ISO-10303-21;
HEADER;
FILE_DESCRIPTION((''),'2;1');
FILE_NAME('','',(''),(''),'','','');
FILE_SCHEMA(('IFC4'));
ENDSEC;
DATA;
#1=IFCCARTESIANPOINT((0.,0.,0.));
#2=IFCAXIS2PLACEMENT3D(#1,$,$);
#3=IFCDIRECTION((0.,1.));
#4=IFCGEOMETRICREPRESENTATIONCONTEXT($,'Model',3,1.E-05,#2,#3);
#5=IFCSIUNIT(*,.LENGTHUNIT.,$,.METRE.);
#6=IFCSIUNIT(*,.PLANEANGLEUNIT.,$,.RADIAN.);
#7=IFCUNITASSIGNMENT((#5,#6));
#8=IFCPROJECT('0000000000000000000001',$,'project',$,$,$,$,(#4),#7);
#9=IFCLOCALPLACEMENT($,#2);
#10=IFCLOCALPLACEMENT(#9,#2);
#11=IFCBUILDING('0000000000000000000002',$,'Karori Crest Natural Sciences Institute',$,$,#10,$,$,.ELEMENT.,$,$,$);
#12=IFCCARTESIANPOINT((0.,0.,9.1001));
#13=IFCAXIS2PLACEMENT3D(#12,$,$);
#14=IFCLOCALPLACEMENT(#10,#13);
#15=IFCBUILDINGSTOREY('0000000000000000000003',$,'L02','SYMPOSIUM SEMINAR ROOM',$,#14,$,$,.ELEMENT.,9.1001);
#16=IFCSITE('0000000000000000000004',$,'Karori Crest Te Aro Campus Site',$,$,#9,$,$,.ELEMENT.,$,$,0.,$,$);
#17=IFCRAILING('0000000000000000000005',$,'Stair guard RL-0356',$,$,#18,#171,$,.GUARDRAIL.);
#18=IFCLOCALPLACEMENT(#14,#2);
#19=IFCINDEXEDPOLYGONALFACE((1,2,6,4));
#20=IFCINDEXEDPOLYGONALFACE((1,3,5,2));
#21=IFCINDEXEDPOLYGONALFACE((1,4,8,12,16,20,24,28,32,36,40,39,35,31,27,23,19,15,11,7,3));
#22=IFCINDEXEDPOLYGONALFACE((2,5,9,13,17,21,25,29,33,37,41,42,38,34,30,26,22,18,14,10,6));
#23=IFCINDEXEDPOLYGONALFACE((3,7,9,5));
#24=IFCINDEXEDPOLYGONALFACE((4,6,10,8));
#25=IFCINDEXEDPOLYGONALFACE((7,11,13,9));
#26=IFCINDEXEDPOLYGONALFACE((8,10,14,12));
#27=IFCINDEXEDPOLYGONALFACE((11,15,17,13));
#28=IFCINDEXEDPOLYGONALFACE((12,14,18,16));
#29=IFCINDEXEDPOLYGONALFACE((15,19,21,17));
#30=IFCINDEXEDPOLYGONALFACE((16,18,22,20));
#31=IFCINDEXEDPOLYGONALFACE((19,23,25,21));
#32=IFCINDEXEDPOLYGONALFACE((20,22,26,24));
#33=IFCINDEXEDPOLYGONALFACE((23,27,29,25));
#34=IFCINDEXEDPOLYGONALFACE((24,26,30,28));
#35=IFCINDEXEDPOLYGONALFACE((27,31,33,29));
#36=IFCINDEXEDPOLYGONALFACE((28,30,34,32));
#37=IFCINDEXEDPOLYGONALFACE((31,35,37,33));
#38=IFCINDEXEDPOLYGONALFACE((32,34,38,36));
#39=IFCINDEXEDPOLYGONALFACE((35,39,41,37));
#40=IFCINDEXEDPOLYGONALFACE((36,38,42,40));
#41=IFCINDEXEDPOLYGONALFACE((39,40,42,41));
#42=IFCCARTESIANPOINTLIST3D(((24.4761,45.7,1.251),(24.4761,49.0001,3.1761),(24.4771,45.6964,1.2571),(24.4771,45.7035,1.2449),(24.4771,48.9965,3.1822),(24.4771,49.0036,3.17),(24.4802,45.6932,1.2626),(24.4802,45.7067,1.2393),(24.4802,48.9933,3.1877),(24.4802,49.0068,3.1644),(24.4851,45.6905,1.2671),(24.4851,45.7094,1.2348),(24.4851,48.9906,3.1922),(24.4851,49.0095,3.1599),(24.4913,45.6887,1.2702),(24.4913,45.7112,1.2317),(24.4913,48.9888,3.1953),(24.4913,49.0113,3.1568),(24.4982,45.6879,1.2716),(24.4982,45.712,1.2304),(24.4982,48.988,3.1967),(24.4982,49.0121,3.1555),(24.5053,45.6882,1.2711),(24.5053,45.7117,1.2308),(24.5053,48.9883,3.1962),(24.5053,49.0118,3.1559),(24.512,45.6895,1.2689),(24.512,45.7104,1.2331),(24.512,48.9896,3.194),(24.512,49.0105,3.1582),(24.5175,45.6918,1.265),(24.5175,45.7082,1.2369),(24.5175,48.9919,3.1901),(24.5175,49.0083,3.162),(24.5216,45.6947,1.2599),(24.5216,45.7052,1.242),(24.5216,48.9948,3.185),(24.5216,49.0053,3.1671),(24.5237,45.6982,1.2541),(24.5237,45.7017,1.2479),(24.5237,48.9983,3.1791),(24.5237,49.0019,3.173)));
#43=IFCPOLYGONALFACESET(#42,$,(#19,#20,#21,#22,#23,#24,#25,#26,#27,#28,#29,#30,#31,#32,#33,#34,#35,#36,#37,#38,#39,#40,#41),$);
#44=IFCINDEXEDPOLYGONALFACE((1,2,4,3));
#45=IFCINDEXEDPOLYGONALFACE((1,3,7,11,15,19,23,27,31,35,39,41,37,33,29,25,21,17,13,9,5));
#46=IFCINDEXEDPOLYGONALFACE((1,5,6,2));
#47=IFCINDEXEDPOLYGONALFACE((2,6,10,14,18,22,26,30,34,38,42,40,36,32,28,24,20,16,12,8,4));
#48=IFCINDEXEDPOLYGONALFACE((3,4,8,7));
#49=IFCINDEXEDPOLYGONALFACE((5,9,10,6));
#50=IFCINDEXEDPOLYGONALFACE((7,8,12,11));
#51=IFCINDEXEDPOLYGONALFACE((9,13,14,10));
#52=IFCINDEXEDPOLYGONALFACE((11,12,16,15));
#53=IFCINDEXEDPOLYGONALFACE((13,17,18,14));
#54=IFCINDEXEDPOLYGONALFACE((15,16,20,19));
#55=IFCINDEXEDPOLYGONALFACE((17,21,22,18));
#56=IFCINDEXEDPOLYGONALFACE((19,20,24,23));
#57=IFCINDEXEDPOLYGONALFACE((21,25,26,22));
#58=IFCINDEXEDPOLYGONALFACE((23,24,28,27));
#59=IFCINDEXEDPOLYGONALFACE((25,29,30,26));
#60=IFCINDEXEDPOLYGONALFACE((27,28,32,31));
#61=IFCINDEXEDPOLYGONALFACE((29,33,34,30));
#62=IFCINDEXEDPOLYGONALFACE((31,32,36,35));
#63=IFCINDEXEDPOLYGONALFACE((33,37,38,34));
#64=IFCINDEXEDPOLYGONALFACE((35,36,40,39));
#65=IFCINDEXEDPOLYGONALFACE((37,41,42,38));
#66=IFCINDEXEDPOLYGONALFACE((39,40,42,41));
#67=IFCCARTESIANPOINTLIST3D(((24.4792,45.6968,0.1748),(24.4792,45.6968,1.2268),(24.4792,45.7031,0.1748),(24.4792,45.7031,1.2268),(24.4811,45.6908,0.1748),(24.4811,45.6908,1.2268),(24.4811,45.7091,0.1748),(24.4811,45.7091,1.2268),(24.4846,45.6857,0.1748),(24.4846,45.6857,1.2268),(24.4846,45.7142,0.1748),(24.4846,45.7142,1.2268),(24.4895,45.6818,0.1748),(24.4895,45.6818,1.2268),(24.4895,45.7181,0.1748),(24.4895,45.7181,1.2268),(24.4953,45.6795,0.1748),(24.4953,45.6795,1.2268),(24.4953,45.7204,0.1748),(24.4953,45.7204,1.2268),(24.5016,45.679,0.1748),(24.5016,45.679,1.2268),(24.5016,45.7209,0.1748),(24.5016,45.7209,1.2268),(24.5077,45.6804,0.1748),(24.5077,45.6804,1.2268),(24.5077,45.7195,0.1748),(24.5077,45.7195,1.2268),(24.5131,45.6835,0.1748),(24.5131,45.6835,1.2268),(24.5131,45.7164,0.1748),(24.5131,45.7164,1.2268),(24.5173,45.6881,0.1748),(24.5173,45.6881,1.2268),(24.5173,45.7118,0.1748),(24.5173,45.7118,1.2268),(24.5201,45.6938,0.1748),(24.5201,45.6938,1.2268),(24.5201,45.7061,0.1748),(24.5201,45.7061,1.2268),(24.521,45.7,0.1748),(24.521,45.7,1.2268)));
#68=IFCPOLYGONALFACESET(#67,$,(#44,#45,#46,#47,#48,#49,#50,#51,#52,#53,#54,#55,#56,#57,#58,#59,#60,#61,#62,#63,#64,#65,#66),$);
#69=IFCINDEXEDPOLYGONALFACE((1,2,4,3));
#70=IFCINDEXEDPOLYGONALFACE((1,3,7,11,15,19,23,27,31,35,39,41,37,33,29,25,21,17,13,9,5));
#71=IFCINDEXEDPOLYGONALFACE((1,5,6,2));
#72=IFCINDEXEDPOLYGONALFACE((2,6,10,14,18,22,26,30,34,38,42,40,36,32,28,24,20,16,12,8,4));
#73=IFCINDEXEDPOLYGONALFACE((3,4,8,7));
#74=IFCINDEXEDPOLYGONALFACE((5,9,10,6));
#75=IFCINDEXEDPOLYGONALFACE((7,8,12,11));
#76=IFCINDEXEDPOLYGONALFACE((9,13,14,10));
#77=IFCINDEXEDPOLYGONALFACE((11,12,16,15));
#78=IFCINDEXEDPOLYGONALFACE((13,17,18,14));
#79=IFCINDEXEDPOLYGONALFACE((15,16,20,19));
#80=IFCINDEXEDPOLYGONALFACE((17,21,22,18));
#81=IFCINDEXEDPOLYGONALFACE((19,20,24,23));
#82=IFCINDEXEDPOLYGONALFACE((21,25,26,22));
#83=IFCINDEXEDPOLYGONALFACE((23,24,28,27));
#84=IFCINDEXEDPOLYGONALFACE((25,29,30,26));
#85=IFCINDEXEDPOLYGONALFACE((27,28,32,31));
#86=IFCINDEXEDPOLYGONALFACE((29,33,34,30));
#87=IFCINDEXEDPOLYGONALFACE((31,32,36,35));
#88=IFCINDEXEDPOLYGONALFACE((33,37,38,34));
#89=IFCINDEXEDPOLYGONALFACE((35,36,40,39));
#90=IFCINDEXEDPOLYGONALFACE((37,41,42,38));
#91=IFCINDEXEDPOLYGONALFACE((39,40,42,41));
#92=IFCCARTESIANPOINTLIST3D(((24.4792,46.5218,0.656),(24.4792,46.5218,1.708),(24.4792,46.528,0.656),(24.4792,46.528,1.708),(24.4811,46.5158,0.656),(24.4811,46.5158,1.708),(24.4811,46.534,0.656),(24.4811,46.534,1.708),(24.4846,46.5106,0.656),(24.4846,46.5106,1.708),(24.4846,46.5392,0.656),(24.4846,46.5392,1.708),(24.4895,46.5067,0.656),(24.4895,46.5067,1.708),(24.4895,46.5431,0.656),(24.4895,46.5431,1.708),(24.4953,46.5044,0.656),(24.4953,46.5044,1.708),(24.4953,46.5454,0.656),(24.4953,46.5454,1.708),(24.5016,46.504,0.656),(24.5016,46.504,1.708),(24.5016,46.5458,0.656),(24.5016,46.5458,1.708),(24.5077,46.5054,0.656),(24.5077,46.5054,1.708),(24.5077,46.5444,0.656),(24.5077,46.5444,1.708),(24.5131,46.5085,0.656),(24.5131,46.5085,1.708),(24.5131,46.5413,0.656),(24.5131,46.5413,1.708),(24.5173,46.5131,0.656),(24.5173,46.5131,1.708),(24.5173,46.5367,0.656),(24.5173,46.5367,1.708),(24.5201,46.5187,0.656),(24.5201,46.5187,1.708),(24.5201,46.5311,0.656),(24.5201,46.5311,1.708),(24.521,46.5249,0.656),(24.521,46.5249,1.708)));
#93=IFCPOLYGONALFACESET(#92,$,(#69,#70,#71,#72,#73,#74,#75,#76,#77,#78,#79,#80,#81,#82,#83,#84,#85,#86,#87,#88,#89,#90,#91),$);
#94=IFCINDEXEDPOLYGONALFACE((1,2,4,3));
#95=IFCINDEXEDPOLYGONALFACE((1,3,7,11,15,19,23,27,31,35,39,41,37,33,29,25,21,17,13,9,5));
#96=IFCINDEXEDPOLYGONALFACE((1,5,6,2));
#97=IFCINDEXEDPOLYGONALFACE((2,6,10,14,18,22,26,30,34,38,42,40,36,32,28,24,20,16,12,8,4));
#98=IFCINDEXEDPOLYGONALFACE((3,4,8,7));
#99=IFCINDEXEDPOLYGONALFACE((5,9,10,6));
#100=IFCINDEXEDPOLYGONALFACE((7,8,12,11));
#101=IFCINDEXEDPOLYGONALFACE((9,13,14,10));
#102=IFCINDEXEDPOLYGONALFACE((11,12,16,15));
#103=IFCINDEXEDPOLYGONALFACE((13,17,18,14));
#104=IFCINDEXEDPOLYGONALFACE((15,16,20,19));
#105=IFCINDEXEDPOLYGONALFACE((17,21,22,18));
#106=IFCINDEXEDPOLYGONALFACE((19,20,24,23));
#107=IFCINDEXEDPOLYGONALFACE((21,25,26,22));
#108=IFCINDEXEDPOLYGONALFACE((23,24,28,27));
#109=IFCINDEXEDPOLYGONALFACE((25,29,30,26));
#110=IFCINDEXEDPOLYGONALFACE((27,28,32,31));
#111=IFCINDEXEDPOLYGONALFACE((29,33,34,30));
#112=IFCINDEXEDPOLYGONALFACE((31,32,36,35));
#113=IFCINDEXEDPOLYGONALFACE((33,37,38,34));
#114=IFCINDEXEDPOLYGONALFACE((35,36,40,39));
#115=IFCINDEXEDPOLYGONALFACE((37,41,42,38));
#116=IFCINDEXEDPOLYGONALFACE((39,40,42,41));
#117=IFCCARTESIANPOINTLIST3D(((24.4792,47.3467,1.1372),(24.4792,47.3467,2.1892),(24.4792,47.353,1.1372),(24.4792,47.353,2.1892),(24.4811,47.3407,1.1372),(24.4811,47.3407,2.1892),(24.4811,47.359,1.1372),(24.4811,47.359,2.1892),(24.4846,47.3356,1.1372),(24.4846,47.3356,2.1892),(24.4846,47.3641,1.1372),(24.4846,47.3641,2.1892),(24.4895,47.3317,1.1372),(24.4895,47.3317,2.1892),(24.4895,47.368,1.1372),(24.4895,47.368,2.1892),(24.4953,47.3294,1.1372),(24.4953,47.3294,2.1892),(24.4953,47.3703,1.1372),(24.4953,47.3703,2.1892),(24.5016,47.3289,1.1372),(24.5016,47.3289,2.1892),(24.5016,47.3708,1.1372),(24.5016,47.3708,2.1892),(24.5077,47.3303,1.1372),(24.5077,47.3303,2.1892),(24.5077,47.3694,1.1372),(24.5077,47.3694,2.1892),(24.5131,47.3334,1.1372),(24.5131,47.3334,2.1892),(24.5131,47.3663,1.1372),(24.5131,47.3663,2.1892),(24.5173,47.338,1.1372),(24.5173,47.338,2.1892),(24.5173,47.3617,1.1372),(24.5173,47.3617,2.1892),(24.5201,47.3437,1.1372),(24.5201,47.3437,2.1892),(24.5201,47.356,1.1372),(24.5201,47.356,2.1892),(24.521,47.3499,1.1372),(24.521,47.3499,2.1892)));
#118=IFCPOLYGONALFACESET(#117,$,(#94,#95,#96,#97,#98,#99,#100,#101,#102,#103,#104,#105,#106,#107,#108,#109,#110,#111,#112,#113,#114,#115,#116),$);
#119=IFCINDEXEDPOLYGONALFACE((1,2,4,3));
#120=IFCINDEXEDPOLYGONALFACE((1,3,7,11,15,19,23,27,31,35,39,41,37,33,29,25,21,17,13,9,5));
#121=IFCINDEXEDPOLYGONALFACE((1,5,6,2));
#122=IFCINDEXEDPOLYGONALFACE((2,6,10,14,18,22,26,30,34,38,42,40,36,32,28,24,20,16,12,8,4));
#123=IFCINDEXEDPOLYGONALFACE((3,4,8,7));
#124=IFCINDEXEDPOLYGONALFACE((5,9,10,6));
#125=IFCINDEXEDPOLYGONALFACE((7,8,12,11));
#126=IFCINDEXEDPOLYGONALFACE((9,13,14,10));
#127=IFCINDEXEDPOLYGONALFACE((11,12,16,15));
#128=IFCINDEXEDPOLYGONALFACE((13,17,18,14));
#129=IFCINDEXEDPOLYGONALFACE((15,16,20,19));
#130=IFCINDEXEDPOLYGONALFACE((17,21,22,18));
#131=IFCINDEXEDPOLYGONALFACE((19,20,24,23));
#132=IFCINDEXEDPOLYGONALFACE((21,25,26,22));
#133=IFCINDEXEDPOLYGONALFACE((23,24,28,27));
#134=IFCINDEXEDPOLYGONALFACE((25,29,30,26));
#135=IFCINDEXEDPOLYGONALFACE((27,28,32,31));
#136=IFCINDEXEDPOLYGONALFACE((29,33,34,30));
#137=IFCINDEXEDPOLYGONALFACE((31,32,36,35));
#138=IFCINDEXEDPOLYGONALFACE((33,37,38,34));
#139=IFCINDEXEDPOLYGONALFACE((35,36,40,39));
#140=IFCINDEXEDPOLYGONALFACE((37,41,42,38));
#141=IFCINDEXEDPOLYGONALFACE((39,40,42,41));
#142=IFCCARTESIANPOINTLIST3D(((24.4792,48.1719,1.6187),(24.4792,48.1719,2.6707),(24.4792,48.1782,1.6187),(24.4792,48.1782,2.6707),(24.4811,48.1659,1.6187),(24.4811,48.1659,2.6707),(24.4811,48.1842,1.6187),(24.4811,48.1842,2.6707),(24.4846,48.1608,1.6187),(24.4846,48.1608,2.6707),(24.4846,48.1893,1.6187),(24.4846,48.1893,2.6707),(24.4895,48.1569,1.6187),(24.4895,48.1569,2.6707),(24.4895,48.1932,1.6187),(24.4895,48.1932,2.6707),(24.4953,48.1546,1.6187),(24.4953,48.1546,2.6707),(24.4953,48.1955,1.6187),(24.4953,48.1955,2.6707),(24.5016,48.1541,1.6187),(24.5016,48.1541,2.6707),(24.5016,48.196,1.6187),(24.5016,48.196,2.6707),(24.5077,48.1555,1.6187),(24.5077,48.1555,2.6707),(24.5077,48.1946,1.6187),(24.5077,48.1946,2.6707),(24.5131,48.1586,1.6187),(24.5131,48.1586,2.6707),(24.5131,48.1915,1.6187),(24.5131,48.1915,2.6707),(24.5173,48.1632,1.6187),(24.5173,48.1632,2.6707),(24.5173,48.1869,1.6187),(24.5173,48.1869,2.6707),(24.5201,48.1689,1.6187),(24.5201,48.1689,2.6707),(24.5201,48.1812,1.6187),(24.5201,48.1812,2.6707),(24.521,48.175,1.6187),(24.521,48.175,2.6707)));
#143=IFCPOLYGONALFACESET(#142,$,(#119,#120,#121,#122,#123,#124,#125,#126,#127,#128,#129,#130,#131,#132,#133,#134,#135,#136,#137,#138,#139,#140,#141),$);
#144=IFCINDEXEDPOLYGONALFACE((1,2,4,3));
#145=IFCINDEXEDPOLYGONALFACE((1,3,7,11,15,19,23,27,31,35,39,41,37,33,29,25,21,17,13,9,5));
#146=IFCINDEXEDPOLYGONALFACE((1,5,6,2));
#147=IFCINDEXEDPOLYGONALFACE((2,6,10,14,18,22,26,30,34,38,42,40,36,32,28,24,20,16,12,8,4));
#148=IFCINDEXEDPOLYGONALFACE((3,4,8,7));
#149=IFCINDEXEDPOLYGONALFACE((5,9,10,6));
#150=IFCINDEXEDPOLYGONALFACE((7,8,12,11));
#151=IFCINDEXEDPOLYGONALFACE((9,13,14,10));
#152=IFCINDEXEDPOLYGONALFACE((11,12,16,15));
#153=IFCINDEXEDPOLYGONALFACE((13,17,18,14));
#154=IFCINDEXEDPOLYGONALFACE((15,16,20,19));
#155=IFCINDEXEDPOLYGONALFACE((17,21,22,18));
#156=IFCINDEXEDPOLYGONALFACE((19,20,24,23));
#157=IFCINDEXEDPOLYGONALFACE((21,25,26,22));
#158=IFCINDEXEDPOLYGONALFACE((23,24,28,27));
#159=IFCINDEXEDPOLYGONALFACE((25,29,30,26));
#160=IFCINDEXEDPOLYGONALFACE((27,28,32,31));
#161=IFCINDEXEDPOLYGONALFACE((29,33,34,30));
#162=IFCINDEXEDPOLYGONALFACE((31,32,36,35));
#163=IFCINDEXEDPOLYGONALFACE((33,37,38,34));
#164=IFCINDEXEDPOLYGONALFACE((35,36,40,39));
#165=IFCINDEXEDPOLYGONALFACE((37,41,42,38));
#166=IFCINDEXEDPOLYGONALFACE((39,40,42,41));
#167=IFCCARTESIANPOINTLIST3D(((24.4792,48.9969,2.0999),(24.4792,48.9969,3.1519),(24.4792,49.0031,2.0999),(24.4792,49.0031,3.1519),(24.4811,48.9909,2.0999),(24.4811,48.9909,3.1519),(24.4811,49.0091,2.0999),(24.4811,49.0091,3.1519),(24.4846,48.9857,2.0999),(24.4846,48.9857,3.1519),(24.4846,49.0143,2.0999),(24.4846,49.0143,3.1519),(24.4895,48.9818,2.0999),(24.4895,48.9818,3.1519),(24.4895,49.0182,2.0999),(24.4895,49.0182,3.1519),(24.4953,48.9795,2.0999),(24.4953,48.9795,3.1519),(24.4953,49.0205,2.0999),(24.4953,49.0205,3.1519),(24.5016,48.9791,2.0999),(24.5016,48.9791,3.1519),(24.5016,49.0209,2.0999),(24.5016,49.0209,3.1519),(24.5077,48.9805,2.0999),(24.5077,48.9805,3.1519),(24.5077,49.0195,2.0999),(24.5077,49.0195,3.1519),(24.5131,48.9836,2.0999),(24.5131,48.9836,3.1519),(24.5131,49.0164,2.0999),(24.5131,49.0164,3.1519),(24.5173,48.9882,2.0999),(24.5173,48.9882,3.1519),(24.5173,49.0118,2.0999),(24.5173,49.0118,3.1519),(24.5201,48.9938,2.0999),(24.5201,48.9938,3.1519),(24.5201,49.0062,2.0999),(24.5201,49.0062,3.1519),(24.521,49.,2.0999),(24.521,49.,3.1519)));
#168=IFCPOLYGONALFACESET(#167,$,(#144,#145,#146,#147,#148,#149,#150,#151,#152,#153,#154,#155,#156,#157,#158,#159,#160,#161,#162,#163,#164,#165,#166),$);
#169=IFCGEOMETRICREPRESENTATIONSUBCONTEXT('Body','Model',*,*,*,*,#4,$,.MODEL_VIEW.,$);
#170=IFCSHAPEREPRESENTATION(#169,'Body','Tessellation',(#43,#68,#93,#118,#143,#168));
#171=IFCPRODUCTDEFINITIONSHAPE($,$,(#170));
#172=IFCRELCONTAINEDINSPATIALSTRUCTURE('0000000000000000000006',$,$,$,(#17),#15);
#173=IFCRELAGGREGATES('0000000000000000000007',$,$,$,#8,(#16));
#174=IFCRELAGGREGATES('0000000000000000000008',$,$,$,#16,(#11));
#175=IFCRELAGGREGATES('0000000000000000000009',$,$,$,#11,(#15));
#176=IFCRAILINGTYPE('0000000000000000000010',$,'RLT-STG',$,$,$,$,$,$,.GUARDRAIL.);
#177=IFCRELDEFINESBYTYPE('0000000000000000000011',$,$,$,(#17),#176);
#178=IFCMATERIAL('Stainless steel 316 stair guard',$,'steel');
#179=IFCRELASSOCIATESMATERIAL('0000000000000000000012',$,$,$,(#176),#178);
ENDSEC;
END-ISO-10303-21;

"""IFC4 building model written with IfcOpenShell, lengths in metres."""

from ifc_helpers import new_model, si_unit, direction, frame, origin, origin_2d, place, context, subcontext, project, spatial, circle, extrude, material, type_object, element, save


model = new_model("IFC4")

# Units and contexts
model_context = context("Model", 3, precision=1e-05, world=origin(), true_north=direction((0.0, 1.0)))
body_context = subcontext(model_context, "Body", "Model", "MODEL_VIEW")
ifc_project = project(units=[si_unit("LENGTHUNIT", "METRE"), si_unit("PLANEANGLEUNIT", "RADIAN")], contexts=[model_context])

# Site, building, storey
site_placement = place(None, origin())
site = spatial("IfcSite", under=ifc_project, at=site_placement, Name="Karori Crest Te Aro Campus Site", CompositionType="ELEMENT", RefElevation=0.0)
building_placement = place(site_placement, origin())
building = spatial("IfcBuilding", under=site, at=building_placement, Name="Karori Crest Natural Sciences Institute", CompositionType="ELEMENT")
storey_placement = place(building_placement, frame((0.0, 0.0, 9.1001)))
storey = spatial("IfcBuildingStorey", under=building, at=storey_placement, Name="L02", Description="SYMPOSIUM SEMINAR ROOM", CompositionType="ELEMENT", Elevation=9.1001)

# Railing
ifc_material_1 = material(Name="Stainless steel 316 stair guard", Category="steel")
railing_type_1 = type_object("IfcRailingType", Name="RLT-STG", PredefinedType="GUARDRAIL", material=ifc_material_1)
railing_1_placement = place(storey_placement, frame((24.5, 45.7, 0.1748)))
element("IfcRailing", 1, at=railing_1_placement, inside=storey, type_object=railing_type_1, Name="Stair guard RL-0356", PredefinedType="GUARDRAIL", context=body_context, shape_type="SweptSolid", body=[
    extrude(circle(Radius=0.0239, at=origin_2d()), frame((0.0, 0.0, 1.0762), z_axis=(0.0, 0.863777, 0.503875), x_axis=(-1.0, 0.0, 0.0)), (0.0, 0.0, 1.0), 3.8206),
    extrude(circle(Radius=0.021, at=origin_2d()), origin(), (0.0, 0.0, 1.0), 1.052),
    extrude(circle(Radius=0.021, at=origin_2d()), frame((0.0, 0.825, 0.4812)), (0.0, 0.0, 1.0), 1.052),
    extrude(circle(Radius=0.021, at=origin_2d()), frame((0.0, 1.6499, 0.9624)), (0.0, 0.0, 1.0), 1.052),
    extrude(circle(Radius=0.021, at=origin_2d()), frame((0.0, 2.4751, 1.4438)), (0.0, 0.0, 1.0), 1.052),
    extrude(circle(Radius=0.021, at=origin_2d()), frame((0.0, 3.3, 1.925)), (0.0, 0.0, 1.0), 1.052),
])

save(model, "model.ifc")
